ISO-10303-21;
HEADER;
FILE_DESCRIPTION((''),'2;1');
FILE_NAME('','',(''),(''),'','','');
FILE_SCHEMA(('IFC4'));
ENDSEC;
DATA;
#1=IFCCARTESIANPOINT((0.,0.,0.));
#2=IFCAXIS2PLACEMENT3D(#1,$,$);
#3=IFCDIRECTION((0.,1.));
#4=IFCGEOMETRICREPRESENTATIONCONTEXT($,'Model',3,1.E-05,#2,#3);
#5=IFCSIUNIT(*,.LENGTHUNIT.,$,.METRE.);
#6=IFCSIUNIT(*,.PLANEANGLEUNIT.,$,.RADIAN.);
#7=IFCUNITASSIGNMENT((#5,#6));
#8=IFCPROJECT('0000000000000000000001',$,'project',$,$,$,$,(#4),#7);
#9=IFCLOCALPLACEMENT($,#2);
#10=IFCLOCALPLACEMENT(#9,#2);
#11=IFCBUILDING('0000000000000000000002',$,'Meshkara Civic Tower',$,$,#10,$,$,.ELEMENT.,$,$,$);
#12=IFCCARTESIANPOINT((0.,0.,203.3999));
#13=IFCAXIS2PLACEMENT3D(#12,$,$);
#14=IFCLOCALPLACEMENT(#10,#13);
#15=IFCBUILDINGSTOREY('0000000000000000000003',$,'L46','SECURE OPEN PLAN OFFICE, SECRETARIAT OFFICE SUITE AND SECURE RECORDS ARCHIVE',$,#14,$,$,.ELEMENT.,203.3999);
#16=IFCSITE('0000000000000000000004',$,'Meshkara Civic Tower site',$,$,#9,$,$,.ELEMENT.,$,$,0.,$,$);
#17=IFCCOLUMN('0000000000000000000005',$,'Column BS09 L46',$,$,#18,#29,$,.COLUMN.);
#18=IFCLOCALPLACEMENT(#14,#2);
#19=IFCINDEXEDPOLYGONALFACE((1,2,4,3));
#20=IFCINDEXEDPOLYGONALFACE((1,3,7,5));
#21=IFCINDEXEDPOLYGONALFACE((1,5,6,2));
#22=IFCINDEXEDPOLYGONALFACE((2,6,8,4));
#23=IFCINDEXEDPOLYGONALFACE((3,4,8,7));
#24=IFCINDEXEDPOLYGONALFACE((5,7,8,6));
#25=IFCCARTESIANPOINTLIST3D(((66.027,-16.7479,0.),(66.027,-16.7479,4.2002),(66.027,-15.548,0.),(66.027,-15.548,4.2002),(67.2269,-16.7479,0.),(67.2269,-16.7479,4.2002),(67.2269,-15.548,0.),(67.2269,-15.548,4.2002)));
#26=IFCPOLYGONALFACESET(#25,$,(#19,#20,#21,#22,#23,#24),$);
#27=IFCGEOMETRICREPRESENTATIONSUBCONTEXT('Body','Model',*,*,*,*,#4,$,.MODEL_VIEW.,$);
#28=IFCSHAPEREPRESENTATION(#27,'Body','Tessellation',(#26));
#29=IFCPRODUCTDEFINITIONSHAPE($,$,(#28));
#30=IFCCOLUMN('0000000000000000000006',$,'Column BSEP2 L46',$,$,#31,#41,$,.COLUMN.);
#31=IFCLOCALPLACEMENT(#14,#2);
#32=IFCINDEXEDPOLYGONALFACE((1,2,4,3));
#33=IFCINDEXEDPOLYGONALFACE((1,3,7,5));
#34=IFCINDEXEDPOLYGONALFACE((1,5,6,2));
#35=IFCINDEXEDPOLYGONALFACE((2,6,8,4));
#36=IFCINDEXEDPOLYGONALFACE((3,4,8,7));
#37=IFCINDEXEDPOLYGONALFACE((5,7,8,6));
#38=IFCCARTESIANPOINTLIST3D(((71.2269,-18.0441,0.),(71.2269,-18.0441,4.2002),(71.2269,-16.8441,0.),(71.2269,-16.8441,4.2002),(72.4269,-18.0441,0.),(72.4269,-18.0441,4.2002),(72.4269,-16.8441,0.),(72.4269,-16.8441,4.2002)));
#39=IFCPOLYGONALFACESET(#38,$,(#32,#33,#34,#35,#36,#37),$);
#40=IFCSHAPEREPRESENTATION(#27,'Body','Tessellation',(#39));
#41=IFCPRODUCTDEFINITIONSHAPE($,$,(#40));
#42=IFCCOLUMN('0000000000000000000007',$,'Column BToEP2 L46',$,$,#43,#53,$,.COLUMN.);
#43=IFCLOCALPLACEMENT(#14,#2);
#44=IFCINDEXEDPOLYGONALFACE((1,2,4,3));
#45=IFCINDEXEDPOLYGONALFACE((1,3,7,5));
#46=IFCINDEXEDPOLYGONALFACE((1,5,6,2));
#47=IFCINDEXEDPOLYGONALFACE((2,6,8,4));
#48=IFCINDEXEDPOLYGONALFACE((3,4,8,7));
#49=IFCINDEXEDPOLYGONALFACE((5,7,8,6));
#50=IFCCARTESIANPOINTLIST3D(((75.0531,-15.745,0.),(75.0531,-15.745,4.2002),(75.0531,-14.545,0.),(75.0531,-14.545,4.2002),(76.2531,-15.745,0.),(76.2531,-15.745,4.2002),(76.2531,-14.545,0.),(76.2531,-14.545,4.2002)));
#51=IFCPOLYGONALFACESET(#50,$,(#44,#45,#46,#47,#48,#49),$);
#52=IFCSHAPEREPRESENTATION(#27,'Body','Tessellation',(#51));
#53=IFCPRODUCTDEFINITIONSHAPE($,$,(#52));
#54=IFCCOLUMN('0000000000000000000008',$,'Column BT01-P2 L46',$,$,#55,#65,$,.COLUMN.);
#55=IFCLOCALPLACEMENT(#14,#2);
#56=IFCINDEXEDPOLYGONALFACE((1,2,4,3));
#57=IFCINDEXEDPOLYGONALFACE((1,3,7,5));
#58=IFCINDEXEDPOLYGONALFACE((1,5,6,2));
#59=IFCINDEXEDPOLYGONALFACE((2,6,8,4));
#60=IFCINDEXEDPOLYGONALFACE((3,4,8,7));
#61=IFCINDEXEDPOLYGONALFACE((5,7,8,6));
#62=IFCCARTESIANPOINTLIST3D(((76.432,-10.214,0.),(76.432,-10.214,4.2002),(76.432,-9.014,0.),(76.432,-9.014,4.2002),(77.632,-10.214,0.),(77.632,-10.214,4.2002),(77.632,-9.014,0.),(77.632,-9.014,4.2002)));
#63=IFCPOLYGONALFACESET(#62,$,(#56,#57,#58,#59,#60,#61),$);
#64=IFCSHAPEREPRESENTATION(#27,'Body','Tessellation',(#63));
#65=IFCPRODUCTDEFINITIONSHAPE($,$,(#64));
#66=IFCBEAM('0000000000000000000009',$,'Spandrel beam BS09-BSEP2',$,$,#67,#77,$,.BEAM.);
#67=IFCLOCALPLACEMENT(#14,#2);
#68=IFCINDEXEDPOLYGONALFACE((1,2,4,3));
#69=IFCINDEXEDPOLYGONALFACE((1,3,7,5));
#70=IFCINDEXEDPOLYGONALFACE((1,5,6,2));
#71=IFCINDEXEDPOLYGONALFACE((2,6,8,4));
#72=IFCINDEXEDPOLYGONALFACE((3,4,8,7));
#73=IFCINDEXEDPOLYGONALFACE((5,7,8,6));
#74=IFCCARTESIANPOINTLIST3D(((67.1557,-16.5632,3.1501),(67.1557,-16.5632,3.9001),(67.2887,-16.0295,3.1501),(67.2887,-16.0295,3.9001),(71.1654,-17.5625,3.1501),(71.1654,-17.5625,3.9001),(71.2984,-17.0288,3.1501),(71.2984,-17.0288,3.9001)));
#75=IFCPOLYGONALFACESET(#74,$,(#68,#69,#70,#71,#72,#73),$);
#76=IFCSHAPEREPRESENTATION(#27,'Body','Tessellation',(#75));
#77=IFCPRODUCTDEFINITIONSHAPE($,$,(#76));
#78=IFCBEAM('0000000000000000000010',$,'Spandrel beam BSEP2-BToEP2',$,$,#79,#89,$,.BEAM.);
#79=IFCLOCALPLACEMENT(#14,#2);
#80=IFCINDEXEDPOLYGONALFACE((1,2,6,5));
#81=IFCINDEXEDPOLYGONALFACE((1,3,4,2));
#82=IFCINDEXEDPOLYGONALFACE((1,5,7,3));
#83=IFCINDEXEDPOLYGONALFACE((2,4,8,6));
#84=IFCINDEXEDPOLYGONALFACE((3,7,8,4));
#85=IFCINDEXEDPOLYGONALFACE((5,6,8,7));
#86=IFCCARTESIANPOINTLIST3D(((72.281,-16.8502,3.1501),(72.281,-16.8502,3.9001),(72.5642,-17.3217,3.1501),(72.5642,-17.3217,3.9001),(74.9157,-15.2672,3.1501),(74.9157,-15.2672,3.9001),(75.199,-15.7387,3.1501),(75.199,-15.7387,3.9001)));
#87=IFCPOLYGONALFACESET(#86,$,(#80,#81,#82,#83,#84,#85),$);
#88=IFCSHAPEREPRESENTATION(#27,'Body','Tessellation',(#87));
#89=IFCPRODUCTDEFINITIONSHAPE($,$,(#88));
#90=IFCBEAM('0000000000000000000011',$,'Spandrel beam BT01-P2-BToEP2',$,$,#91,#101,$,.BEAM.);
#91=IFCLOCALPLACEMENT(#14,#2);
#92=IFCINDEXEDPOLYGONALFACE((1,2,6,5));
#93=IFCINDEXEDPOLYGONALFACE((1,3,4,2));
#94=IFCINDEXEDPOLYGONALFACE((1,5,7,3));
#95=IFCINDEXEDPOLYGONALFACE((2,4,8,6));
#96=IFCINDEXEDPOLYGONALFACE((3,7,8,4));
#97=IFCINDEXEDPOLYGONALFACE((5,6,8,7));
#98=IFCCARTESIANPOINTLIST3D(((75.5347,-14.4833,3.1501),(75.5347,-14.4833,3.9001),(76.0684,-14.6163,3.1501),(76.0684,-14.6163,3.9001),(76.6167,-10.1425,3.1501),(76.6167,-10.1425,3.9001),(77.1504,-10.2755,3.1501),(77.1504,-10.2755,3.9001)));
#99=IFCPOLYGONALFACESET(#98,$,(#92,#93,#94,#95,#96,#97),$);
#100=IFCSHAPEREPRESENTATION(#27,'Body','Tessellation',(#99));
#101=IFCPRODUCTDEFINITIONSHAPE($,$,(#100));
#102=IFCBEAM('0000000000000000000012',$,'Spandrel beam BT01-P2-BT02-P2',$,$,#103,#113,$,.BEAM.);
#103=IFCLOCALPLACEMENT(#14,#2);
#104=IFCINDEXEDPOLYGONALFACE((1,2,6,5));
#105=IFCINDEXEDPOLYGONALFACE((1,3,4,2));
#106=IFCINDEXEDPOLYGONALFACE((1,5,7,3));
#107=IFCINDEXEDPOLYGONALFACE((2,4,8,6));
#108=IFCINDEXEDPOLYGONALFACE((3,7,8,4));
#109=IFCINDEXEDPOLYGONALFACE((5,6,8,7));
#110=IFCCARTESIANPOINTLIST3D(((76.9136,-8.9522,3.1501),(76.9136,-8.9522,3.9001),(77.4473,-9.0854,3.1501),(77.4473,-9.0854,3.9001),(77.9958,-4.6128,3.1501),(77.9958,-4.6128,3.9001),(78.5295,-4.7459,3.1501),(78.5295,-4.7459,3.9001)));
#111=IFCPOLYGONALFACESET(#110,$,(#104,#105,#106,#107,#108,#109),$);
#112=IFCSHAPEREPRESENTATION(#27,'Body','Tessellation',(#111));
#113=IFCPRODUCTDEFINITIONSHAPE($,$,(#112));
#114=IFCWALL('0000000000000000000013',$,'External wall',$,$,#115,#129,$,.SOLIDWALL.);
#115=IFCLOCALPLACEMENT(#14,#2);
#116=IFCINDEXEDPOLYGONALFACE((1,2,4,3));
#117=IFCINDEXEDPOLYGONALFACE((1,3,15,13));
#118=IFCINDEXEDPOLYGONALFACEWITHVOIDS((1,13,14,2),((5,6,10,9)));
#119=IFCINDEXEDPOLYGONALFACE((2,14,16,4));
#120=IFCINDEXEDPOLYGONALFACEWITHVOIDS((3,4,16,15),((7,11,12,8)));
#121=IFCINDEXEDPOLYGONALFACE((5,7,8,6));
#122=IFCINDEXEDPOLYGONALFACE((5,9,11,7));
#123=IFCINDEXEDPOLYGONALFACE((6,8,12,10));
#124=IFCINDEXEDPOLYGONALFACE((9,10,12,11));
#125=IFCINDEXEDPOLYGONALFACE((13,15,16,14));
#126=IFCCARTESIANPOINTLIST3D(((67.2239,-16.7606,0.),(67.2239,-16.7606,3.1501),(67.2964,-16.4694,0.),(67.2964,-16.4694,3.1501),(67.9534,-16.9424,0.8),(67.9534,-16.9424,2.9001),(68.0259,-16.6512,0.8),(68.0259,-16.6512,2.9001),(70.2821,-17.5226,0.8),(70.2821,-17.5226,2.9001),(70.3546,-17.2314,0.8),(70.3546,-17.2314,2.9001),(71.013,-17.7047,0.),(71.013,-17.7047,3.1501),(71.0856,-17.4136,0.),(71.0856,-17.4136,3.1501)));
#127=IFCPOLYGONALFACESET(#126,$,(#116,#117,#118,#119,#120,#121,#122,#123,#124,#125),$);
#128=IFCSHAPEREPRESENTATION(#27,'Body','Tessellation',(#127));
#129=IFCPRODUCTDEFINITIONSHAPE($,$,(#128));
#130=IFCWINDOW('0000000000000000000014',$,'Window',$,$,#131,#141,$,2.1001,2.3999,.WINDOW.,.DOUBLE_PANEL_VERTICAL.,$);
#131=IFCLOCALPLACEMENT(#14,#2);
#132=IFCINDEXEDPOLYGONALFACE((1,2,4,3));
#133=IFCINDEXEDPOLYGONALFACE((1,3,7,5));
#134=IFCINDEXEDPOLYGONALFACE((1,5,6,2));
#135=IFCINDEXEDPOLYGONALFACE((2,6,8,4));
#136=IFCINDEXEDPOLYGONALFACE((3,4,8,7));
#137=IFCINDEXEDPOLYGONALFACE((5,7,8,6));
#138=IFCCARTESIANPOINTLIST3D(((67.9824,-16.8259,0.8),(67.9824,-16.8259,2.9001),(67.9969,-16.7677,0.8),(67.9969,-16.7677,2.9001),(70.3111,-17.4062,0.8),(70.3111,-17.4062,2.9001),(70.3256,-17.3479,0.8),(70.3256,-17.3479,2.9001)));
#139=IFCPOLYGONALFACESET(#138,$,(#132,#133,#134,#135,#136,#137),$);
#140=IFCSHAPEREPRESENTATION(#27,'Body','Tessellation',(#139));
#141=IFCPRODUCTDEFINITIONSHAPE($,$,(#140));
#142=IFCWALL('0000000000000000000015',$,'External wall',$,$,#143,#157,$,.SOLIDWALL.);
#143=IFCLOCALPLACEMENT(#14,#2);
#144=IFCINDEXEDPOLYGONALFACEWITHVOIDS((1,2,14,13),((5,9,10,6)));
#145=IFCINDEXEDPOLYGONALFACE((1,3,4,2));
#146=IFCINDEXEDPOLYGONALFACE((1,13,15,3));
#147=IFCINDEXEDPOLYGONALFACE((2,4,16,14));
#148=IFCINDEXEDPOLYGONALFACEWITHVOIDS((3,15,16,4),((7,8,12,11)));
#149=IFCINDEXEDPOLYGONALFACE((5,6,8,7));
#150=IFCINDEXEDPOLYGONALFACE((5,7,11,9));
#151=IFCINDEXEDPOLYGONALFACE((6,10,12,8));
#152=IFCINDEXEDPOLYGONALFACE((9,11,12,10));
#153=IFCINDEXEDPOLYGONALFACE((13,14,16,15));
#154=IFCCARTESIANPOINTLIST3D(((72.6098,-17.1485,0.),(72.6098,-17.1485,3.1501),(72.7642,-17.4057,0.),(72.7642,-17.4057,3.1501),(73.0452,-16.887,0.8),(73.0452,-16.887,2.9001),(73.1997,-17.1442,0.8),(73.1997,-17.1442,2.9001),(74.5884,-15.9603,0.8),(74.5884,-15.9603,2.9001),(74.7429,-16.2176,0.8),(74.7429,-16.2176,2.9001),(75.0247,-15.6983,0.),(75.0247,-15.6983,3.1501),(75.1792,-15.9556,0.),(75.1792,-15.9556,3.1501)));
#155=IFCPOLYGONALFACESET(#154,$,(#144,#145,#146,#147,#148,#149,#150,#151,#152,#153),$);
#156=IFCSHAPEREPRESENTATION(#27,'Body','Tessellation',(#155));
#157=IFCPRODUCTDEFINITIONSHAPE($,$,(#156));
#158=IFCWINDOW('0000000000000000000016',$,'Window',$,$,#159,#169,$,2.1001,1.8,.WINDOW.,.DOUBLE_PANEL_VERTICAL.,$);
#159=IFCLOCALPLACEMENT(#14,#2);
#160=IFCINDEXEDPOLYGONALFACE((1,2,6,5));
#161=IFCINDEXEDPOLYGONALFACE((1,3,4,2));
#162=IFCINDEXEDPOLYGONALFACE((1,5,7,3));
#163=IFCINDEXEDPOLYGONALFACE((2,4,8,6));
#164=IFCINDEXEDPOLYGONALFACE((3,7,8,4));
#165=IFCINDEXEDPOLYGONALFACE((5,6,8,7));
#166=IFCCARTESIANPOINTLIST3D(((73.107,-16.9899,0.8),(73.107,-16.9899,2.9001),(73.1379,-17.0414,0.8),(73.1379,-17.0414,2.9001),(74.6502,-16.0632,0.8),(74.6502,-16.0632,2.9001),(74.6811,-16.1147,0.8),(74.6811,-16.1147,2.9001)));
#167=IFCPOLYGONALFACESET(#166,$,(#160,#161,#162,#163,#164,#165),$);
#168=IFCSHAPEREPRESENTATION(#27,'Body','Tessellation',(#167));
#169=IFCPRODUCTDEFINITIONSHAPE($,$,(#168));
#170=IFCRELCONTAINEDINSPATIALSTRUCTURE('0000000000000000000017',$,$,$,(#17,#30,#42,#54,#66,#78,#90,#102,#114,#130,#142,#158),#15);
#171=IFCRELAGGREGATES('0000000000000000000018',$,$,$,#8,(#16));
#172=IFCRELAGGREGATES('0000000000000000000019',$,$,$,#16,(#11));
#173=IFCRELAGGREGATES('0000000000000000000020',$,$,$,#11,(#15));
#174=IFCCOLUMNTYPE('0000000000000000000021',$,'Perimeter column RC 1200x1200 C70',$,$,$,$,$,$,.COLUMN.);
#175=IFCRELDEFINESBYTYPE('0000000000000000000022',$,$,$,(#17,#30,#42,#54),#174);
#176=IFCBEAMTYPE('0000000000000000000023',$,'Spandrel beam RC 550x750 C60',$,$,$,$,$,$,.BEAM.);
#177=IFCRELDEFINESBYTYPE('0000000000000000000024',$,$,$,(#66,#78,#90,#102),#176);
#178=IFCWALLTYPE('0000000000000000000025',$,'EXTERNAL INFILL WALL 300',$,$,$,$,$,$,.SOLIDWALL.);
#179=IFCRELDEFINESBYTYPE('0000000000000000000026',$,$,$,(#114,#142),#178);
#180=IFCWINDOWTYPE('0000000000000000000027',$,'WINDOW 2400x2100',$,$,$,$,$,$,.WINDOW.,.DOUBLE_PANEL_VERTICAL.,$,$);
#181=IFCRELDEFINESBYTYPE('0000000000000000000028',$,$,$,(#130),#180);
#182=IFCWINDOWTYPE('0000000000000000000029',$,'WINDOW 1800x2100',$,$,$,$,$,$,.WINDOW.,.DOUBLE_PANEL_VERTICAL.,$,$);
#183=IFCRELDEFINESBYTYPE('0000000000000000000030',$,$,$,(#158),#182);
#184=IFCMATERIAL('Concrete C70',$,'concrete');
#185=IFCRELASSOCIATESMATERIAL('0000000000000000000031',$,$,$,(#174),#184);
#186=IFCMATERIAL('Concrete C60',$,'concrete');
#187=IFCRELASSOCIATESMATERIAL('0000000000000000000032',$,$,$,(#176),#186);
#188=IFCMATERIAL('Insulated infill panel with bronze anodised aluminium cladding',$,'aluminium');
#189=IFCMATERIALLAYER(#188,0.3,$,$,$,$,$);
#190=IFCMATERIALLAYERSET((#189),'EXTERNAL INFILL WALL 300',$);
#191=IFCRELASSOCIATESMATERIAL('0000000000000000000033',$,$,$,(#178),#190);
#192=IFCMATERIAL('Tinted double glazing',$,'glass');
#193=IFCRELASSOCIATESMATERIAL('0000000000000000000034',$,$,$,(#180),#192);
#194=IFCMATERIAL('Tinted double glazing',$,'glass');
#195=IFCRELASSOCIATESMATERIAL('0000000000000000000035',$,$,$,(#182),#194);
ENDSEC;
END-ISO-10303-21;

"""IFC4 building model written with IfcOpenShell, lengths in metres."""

from ifc_helpers import new_model, si_unit, direction, frame, frame_2d, origin, origin_2d, place, context, subcontext, project, spatial, rectangle, extrude, material, layer, layer_set, material_profile, profile_set, type_object, element, fill, save


model = new_model("IFC4")

# Units and contexts
model_context = context("Model", 3, precision=1e-05, world=origin(), true_north=direction((0.0, 1.0)))
body_context = subcontext(model_context, "Body", "Model", "MODEL_VIEW")
ifc_project = project(units=[si_unit("LENGTHUNIT", "METRE"), si_unit("PLANEANGLEUNIT", "RADIAN")], contexts=[model_context])

# Site, building, storey
site_placement = place(None, origin())
site = spatial("IfcSite", under=ifc_project, at=site_placement, Name="Meshkara Civic Tower site", CompositionType="ELEMENT", RefElevation=0.0)
building_placement = place(site_placement, origin())
building = spatial("IfcBuilding", under=site, at=building_placement, Name="Meshkara Civic Tower", CompositionType="ELEMENT")
storey_placement = place(building_placement, frame((0.0, 0.0, 203.3999)))
storey = spatial("IfcBuildingStorey", under=building, at=storey_placement, Name="L46", Description="SECURE OPEN PLAN OFFICE, SECRETARIAT OFFICE SUITE AND SECURE RECORDS ARCHIVE", CompositionType="ELEMENT", Elevation=203.3999)

# Columns
ifc_material_1 = material(Name="Concrete C70", Category="concrete")
ifc_material_profile_1 = material_profile(ifc_material_1, rectangle(XDim=1.2, YDim=1.2, at=origin_2d()))
ifc_profile_set_1 = profile_set([ifc_material_profile_1], Name="Concrete C70")
column_type = type_object("IfcColumnType", Name="Perimeter column RC 1200x1200 C70", PredefinedType="COLUMN", material=ifc_profile_set_1)
for number, where, z_axis, x_axis, name in (
    (1, (66.627, -16.1479, 0.0), (0.0, 0.0, 1.0), (1.0, 0.0, 0.0), "Column BS09 L46"),
    (2, (71.8269, -17.4441, 0.0), (0.0, 0.0, 1.0), (1.0, 0.0, 0.0), "Column BSEP2 L46"),
    (3, (75.6531, -15.145, 0.0), (0.0, 0.0, 1.0), (1.0, 0.0, 0.0), "Column BToEP2 L46"),
    (4, (77.032, -9.614, 0.0), (0.0, 0.0, 1.0), (1.0, 0.0, 0.0), "Column BT01-P2 L46"),
):
    element("IfcColumn", number, at=place(storey_placement, frame(where, z_axis=z_axis, x_axis=x_axis)), inside=storey, type_object=column_type, Name=name, PredefinedType="COLUMN", context=body_context, shape_type="SweptSolid", body=[
        extrude(rectangle(XDim=1.2, YDim=1.2, at=origin_2d()), origin(), (0.0, 0.0, 1.0), 4.2002),
    ])

# Beams
ifc_material_2 = material(Name="Concrete C60", Category="concrete")
ifc_material_profile_2 = material_profile(ifc_material_2, rectangle(XDim=0.55, YDim=0.75, at=origin_2d()))
ifc_profile_set_2 = profile_set([ifc_material_profile_2], Name="Concrete C60")
beam_type = type_object("IfcBeamType", Name="Spandrel beam RC 550x750 C60", PredefinedType="BEAM", material=ifc_profile_set_2)
beam_1_placement = place(storey_placement, frame((67.2222, -16.2964, 3.5251), z_axis=(0.970323, -0.241813, 0.0), x_axis=(0.241813, 0.970323, 0.0)))
element("IfcBeam", 5, at=beam_1_placement, inside=storey, type_object=beam_type, Name="Spandrel beam BS09-BSEP2", PredefinedType="BEAM", context=body_context, shape_type="SweptSolid", body=[
    extrude(rectangle(XDim=0.55, YDim=0.75, at=origin_2d()), origin(), (0.0, 0.0, 1.0), 4.1323),
])
beam_2_placement = place(storey_placement, frame((72.4226, -17.0859, 3.5251), z_axis=(0.857184, 0.51501, 0.0), x_axis=(-0.51501, 0.857184, 0.0)))
element("IfcBeam", 6, at=beam_2_placement, inside=storey, type_object=beam_type, Name="Spandrel beam BSEP2-BToEP2", PredefinedType="BEAM", context=body_context, shape_type="SweptSolid", body=[
    extrude(rectangle(XDim=0.55, YDim=0.75, at=origin_2d()), origin(), (0.0, 0.0, 1.0), 3.0737),
])
beam_3_placement = place(storey_placement, frame((75.8015, -14.5498, 3.5251), z_axis=(0.241868, 0.970309, 0.0), x_axis=(-0.970309, 0.241868, 0.0)))
element("IfcBeam", 7, at=beam_3_placement, inside=storey, type_object=beam_type, Name="Spandrel beam BT01-P2-BToEP2", PredefinedType="BEAM", context=body_context, shape_type="SweptSolid", body=[
    extrude(rectangle(XDim=0.55, YDim=0.75, at=origin_2d()), origin(), (0.0, 0.0, 1.0), 4.4736),
])
beam_4_placement = place(storey_placement, frame((77.1804, -9.0188, 3.5251), z_axis=(0.241983, 0.97028, 0.0), x_axis=(-0.97028, 0.241983, 0.0)))
element("IfcBeam", 8, at=beam_4_placement, inside=storey, type_object=beam_type, Name="Spandrel beam BT01-P2-BT02-P2", PredefinedType="BEAM", context=body_context, shape_type="SweptSolid", body=[
    extrude(rectangle(XDim=0.55, YDim=0.75, at=origin_2d()), origin(), (0.0, 0.0, 1.0), 4.4724),
])

# Walls, openings, windows
ifc_material_3 = material(Name="Insulated infill panel with bronze anodised aluminium cladding", Category="aluminium")
ifc_layer_1 = layer(ifc_material_3, 0.3)
ifc_layer_set_1 = layer_set([ifc_layer_1], Name="EXTERNAL INFILL WALL 300")
wall_type_1 = type_object("IfcWallType", Name="EXTERNAL INFILL WALL 300", PredefinedType="SOLIDWALL", material=ifc_layer_set_1)
wall_1_placement = place(storey_placement, frame((67.26, -16.615, 0.0), z_axis=(0.0, 0.0, 1.0), x_axis=(0.970333, -0.241771, 0.0)))
wall_1 = element("IfcWall", 9, at=wall_1_placement, inside=storey, type_object=wall_type_1, Name="External wall", PredefinedType="SOLIDWALL", context=body_context, shape_type="SweptSolid", body=[
    extrude(rectangle(XDim=3.905, YDim=0.3, at=frame_2d((1.9526, 0.0))), origin(), (0.0, 0.0, 1.0), 3.1501),
])
opening_1_placement = place(wall_1_placement, frame((0.752, 0.0, 0.8)))
opening_1 = element("IfcOpeningElement", 10, at=opening_1_placement, cuts=wall_1, PredefinedType="OPENING", context=body_context, shape_type="SweptSolid", body=[
    extrude(rectangle(XDim=2.3999, YDim=2.1001, at=frame_2d((1.2, 1.05))), frame((0.0, 0.1599, 0.0), z_axis=(0.0, -1.0, 0.0), x_axis=(1.0, 0.0, 0.0)), (0.0, 0.0, 1.0), 0.3201),
])
ifc_material_4 = material(Name="Tinted double glazing", Category="glass")
window_type_1 = type_object("IfcWindowType", Name="WINDOW 2400x2100", PartitioningType="DOUBLE_PANEL_VERTICAL", PredefinedType="WINDOW", material=ifc_material_4)
window_1_placement = place(opening_1_placement, origin())
window_1 = element("IfcWindow", 11, at=window_1_placement, inside=storey, type_object=window_type_1, Name="Window", OverallHeight=2.1001, OverallWidth=2.3999, PartitioningType="DOUBLE_PANEL_VERTICAL", PredefinedType="WINDOW", context=body_context, shape_type="SweptSolid", body=[
    extrude(rectangle(XDim=2.3999, YDim=2.1001, at=frame_2d((1.2, 1.05))), frame((0.0, 0.03, 0.0), z_axis=(0.0, -1.0, 0.0), x_axis=(1.0, 0.0, 0.0)), (0.0, 0.0, 1.0), 0.0601),
])
fill(opening_1, window_1)
wall_2_placement = place(storey_placement, frame((72.687, -17.2771, 0.0), z_axis=(0.0, 0.0, 1.0), x_axis=(0.857309, 0.514802, 0.0)))
wall_2 = element("IfcWall", 12, at=wall_2_placement, inside=storey, type_object=wall_type_1, Name="External wall", PredefinedType="SOLIDWALL", context=body_context, shape_type="SweptSolid", body=[
    extrude(rectangle(XDim=2.8169, YDim=0.3, at=frame_2d((1.4084, 0.0))), origin(), (0.0, 0.0, 1.0), 3.1501),
])
opening_2_placement = place(wall_2_placement, frame((0.5081, 0.0, 0.8)))
opening_2 = element("IfcOpeningElement", 13, at=opening_2_placement, cuts=wall_2, PredefinedType="OPENING", context=body_context, shape_type="SweptSolid", body=[
    extrude(rectangle(XDim=1.8, YDim=2.1001, at=frame_2d((0.8999, 1.05))), frame((0.0, 0.1599, 0.0), z_axis=(0.0, -1.0, 0.0), x_axis=(1.0, 0.0, 0.0)), (0.0, 0.0, 1.0), 0.3201),
])
ifc_material_5 = material(Name="Tinted double glazing", Category="glass")
window_type_2 = type_object("IfcWindowType", Name="WINDOW 1800x2100", PartitioningType="DOUBLE_PANEL_VERTICAL", PredefinedType="WINDOW", material=ifc_material_5)
window_2_placement = place(opening_2_placement, origin())
window_2 = element("IfcWindow", 14, at=window_2_placement, inside=storey, type_object=window_type_2, Name="Window", OverallHeight=2.1001, OverallWidth=1.8, PartitioningType="DOUBLE_PANEL_VERTICAL", PredefinedType="WINDOW", context=body_context, shape_type="SweptSolid", body=[
    extrude(rectangle(XDim=1.8, YDim=2.1001, at=frame_2d((0.8999, 1.05))), frame((0.0, 0.03, 0.0), z_axis=(0.0, -1.0, 0.0), x_axis=(1.0, 0.0, 0.0)), (0.0, 0.0, 1.0), 0.0601),
])
fill(opening_2, window_2)

save(model, "model.ifc")
